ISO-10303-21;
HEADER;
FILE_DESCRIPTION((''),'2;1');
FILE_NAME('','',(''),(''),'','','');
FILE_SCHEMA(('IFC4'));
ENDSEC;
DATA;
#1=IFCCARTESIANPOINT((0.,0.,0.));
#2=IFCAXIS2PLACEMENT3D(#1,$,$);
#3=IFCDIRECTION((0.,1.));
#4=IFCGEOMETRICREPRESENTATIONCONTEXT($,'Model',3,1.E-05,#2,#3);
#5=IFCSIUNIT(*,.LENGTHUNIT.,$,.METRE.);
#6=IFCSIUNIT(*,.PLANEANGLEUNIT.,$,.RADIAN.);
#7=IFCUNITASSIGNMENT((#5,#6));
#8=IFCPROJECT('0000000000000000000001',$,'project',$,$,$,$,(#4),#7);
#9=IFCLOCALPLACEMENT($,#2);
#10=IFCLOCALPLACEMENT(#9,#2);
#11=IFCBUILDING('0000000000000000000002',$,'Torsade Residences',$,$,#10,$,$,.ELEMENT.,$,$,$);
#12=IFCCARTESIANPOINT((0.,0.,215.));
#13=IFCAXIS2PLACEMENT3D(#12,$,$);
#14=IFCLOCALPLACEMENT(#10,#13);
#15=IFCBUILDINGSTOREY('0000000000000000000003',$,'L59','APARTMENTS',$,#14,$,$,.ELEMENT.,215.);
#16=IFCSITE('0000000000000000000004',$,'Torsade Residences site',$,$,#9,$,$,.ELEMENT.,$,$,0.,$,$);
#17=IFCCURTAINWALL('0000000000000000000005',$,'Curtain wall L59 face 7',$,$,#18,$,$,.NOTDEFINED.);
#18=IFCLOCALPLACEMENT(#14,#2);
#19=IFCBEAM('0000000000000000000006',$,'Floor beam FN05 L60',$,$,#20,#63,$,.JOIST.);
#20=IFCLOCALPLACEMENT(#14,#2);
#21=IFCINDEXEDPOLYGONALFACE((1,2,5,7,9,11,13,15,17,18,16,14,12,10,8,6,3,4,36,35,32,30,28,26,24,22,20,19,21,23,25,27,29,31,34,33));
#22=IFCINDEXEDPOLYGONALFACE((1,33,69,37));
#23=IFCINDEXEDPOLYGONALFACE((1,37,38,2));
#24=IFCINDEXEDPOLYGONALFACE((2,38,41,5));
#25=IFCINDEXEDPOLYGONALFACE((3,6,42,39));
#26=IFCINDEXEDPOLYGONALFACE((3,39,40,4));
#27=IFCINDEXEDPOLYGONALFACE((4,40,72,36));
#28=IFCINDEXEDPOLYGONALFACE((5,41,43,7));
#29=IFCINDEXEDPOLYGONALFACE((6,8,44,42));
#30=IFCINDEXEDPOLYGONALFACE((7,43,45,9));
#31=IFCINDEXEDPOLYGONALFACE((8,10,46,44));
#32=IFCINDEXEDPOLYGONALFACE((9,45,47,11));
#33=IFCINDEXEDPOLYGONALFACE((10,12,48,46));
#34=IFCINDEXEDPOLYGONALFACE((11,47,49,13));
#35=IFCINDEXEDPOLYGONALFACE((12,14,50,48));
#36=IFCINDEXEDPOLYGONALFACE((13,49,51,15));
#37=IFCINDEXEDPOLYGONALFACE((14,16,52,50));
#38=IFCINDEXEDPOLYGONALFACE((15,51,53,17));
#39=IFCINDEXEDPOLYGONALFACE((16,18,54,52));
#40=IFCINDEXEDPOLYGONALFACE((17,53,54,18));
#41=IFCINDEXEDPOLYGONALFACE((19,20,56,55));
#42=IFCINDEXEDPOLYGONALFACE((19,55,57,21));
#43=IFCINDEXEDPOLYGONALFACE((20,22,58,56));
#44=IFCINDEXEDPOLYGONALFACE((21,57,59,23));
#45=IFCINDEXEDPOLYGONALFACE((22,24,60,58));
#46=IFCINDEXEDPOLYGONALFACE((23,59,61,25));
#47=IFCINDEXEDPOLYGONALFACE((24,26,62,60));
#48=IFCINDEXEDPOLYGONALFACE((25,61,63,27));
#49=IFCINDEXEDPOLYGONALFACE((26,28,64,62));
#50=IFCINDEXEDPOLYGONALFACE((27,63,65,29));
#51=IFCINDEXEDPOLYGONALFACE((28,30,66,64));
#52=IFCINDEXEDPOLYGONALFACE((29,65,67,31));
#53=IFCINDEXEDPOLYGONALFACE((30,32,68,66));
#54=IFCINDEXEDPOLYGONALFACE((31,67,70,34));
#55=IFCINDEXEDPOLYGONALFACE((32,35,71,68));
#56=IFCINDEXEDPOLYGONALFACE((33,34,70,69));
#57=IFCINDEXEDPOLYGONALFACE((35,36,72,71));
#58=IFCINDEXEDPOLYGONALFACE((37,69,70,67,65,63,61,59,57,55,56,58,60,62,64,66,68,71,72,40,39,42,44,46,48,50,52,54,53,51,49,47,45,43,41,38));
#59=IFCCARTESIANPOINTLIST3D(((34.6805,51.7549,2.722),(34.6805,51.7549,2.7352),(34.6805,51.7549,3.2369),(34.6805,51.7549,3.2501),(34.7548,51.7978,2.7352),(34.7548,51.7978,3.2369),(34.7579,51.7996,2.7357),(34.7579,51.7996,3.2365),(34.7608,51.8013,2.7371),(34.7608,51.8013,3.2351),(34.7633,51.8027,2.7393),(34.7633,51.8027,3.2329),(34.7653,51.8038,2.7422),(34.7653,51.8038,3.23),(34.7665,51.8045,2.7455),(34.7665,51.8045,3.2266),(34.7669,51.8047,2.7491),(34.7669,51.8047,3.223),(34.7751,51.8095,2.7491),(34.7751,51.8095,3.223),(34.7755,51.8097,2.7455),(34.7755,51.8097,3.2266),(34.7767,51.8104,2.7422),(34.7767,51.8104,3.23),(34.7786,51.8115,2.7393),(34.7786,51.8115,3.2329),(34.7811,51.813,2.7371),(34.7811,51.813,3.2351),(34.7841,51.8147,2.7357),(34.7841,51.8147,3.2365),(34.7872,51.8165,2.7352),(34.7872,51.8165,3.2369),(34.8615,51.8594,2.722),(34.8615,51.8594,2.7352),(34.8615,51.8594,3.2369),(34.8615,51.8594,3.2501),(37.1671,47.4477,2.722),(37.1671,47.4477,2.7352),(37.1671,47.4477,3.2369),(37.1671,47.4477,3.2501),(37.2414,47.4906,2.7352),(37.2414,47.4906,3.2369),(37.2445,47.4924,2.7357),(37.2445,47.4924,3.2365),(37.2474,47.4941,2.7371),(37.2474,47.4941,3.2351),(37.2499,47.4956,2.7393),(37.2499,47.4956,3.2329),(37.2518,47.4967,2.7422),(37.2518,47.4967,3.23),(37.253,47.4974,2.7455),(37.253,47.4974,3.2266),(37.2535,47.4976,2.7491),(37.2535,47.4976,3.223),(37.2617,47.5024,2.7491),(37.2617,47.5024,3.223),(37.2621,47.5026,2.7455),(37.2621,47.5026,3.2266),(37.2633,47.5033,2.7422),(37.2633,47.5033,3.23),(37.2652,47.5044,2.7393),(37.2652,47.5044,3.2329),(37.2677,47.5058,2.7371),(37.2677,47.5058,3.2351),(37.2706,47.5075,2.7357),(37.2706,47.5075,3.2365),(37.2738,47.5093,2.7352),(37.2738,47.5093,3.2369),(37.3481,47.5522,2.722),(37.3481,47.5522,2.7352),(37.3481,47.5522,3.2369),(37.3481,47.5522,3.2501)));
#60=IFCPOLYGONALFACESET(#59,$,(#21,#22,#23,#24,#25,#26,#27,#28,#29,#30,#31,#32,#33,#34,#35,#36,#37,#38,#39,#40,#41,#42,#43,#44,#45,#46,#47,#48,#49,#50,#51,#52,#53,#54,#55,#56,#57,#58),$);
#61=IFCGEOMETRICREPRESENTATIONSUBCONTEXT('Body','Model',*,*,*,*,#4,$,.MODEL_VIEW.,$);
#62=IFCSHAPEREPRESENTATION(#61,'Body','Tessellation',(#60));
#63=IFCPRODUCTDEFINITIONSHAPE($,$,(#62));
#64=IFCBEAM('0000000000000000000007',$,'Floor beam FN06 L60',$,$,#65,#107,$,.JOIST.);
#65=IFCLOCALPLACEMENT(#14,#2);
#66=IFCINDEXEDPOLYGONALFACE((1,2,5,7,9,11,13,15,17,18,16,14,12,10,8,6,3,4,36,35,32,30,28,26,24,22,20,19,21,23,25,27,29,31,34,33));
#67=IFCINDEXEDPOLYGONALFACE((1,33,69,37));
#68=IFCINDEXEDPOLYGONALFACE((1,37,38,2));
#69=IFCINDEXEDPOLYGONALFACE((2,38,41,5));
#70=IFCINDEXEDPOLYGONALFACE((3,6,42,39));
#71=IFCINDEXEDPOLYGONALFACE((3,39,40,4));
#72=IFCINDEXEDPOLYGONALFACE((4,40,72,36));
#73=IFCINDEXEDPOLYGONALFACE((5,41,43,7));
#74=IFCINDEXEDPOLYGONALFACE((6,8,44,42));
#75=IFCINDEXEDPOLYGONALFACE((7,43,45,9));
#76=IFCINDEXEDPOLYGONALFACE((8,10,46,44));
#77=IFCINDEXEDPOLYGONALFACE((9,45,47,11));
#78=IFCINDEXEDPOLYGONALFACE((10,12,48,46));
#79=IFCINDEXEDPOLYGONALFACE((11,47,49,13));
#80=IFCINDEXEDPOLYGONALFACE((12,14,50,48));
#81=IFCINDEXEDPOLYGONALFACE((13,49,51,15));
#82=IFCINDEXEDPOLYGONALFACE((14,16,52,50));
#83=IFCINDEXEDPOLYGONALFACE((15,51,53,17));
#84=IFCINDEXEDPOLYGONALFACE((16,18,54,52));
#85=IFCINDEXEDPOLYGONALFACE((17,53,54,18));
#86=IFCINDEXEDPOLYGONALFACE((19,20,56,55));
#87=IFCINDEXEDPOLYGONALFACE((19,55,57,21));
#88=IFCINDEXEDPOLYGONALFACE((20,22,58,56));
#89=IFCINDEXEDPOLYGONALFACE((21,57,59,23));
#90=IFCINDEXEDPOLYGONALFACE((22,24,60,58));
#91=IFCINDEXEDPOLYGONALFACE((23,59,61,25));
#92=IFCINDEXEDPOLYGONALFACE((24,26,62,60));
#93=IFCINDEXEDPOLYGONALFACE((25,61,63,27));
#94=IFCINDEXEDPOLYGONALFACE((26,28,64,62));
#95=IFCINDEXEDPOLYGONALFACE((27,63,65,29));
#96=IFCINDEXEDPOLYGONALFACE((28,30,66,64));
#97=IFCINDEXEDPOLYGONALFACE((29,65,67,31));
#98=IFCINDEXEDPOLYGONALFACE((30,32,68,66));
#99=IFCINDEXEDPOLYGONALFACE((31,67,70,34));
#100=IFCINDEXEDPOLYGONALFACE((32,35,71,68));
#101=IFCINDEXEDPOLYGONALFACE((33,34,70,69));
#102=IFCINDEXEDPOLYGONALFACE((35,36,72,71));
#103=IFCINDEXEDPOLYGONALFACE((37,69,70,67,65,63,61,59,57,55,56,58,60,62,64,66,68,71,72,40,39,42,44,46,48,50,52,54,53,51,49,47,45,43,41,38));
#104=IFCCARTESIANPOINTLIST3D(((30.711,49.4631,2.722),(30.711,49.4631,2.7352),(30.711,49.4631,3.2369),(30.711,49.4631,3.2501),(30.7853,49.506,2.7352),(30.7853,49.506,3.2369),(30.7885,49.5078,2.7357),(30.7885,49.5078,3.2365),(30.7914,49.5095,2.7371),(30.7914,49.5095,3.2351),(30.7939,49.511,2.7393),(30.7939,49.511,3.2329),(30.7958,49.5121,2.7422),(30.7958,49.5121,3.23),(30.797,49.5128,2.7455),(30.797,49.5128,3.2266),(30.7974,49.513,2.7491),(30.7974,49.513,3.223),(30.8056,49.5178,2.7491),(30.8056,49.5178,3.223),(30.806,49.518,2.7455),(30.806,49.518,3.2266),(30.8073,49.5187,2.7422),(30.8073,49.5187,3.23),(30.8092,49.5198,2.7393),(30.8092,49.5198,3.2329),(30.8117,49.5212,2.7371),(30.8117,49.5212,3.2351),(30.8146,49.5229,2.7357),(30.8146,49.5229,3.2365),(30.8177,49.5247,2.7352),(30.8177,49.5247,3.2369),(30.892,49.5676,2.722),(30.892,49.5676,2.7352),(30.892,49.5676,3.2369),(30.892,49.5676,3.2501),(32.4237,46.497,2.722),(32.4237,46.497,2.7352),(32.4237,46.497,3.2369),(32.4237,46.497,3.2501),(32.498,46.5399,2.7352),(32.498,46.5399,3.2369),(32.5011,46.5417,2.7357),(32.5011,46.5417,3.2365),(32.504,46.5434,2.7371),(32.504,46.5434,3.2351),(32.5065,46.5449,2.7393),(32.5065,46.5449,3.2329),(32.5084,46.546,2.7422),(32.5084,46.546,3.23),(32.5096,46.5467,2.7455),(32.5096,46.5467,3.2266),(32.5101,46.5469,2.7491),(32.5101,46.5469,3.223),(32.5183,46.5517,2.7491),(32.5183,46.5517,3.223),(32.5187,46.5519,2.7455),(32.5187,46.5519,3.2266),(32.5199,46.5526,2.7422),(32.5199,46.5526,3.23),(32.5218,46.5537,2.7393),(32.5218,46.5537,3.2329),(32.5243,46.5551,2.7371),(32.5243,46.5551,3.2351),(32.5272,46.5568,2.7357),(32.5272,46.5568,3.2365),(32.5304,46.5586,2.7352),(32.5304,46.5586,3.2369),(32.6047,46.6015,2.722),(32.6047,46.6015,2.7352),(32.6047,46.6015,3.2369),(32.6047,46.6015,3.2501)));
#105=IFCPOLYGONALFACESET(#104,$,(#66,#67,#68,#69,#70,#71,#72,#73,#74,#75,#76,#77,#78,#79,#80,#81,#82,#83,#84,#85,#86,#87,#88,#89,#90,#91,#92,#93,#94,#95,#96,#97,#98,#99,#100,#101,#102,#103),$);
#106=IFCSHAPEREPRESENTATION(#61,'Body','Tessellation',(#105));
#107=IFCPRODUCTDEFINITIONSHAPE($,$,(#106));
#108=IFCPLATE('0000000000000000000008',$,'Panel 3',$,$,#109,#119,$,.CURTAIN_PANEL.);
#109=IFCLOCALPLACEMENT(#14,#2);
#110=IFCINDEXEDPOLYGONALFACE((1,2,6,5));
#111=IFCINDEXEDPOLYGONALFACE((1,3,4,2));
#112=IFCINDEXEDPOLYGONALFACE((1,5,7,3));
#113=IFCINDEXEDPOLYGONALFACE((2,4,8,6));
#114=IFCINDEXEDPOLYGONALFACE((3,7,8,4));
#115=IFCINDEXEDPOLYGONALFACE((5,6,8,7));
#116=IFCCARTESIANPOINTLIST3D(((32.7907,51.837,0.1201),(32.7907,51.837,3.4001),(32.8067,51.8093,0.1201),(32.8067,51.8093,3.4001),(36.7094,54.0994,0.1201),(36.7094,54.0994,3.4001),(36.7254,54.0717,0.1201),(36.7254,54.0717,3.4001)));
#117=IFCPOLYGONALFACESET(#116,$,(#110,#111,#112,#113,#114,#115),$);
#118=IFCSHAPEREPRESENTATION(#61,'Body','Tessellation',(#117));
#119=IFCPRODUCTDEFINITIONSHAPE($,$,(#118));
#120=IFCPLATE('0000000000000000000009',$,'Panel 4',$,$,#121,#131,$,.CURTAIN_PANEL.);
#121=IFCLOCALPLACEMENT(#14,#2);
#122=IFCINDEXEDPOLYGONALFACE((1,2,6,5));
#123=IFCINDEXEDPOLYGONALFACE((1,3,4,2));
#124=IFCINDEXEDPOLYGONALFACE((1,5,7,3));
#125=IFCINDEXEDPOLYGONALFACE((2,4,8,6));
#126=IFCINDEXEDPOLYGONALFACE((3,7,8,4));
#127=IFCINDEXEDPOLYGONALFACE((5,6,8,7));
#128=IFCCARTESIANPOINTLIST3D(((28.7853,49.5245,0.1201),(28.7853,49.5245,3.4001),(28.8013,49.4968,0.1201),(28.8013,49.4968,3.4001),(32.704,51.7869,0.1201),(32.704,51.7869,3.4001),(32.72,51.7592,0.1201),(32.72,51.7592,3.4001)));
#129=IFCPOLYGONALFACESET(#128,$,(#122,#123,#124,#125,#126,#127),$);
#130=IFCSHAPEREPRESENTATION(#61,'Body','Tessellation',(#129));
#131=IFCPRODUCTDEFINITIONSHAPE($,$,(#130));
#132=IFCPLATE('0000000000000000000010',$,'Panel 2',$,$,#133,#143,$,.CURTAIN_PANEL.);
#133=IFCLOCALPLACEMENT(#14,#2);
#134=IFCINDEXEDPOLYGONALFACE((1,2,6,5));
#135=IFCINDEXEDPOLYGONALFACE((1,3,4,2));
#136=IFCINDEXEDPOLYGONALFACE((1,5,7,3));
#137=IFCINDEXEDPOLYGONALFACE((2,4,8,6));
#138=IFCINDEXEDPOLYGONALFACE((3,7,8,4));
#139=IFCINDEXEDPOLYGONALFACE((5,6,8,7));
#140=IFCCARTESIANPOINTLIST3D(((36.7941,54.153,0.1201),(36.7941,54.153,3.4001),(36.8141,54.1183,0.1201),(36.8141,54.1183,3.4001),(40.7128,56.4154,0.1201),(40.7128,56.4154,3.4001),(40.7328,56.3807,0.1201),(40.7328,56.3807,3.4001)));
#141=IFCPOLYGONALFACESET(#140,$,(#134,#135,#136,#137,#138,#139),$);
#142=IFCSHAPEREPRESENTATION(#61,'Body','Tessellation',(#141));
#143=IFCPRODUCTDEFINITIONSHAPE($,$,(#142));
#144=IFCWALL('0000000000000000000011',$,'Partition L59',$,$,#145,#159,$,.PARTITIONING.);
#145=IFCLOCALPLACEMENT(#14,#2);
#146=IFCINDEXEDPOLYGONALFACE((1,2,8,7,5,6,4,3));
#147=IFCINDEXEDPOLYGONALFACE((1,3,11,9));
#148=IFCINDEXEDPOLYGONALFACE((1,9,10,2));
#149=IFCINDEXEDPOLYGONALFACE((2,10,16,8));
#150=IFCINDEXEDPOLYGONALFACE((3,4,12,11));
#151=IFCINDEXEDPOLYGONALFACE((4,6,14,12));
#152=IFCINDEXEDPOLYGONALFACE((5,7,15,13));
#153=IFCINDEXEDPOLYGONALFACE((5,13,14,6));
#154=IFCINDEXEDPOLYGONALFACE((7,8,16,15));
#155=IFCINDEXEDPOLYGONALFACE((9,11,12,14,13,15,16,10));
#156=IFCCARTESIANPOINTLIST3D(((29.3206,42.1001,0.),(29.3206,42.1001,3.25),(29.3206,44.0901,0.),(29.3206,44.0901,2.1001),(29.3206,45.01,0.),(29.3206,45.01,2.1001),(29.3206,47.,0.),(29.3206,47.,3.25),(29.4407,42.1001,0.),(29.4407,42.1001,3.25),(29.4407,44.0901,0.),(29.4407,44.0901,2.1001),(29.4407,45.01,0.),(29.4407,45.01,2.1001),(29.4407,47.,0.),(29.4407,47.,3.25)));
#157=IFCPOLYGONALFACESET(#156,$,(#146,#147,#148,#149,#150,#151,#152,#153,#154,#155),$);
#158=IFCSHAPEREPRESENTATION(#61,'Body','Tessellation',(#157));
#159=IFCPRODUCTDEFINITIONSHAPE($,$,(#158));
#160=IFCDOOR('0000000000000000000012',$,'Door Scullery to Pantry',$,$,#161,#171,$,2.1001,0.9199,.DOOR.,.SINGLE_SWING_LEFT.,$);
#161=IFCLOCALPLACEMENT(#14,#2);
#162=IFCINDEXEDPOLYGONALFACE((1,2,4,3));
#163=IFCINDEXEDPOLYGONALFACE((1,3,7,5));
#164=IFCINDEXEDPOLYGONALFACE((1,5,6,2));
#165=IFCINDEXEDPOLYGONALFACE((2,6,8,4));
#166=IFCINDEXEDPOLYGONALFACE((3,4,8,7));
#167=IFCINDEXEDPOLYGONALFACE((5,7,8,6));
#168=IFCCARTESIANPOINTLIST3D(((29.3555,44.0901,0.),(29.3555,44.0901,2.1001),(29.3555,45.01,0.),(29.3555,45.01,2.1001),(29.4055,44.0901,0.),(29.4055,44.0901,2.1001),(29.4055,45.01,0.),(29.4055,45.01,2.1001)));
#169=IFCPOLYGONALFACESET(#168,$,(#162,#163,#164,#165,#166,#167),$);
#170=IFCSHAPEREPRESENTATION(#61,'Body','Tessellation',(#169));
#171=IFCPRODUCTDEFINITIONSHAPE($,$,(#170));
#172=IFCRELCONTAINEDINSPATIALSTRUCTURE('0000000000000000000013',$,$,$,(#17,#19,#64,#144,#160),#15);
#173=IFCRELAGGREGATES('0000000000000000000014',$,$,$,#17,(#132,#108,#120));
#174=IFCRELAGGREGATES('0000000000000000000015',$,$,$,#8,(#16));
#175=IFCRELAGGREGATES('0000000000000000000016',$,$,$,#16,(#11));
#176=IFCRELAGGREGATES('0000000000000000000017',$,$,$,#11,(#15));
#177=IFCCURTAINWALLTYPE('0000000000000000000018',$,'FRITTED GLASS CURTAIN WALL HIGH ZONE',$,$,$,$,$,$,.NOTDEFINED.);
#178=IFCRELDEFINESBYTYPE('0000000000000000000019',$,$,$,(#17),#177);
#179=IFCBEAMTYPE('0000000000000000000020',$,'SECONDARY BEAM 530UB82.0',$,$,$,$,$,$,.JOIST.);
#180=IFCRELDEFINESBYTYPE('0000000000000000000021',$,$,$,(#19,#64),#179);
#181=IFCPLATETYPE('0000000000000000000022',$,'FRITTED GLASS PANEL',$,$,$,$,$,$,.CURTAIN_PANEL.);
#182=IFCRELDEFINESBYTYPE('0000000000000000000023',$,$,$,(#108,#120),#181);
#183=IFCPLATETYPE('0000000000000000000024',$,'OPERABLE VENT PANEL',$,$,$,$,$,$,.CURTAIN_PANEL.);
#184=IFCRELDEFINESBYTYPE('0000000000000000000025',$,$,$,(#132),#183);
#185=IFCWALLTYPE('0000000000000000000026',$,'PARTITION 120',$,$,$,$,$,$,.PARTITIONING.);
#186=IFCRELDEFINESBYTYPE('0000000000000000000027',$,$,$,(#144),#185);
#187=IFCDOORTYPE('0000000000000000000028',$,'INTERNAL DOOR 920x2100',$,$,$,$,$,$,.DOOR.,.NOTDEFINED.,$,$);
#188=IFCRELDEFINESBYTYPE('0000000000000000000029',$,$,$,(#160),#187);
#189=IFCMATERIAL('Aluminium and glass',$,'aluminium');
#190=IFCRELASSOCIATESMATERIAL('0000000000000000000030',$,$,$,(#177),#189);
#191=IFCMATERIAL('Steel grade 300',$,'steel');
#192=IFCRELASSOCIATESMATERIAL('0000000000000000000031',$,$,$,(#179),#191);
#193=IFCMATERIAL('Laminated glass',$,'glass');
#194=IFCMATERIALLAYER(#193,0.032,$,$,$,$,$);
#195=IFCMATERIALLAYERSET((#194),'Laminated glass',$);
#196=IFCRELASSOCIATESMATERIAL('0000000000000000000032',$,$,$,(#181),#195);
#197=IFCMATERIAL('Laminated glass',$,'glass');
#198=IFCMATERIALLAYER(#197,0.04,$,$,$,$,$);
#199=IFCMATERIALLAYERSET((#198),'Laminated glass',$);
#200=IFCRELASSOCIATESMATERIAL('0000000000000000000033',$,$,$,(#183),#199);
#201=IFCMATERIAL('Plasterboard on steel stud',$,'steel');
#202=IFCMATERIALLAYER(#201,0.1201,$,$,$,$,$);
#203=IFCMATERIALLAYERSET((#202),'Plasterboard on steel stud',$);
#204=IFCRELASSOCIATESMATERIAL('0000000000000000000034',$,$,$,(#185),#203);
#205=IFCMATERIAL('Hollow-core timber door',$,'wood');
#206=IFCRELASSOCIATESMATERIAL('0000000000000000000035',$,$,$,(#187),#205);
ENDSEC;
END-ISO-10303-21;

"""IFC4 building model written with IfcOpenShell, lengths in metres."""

from ifc_helpers import new_model, si_unit, direction, frame, frame_2d, origin, origin_2d, place, context, subcontext, project, spatial, rectangle, i_section, extrude, material, layer, layer_set, material_profile, profile_set, type_object, element, fill, aggregate, save


model = new_model("IFC4")

# Units and contexts
model_context = context("Model", 3, precision=1e-05, world=origin(), true_north=direction((0.0, 1.0)))
body_context = subcontext(model_context, "Body", "Model", "MODEL_VIEW")
ifc_project = project(units=[si_unit("LENGTHUNIT", "METRE"), si_unit("PLANEANGLEUNIT", "RADIAN")], contexts=[model_context])

# Site, building, storey
site_placement = place(None, origin())
site = spatial("IfcSite", under=ifc_project, at=site_placement, Name="Torsade Residences site", CompositionType="ELEMENT", RefElevation=0.0)
building_placement = place(site_placement, origin())
building = spatial("IfcBuilding", under=site, at=building_placement, Name="Torsade Residences", CompositionType="ELEMENT")
storey_placement = place(building_placement, frame((0.0, 0.0, 215.0)))
storey = spatial("IfcBuildingStorey", under=building, at=storey_placement, Name="L59", Description="APARTMENTS", CompositionType="ELEMENT", Elevation=215.0)

# Curtain wall
ifc_material_1 = material(Name="Aluminium and glass", Category="aluminium")
curtain_wall_type = type_object("IfcCurtainWallType", Name="FRITTED GLASS CURTAIN WALL HIGH ZONE", PredefinedType="NOTDEFINED", material=ifc_material_1)
curtain_wall_placement = place(storey_placement, origin())
curtain_wall = element("IfcCurtainWall", 1, at=curtain_wall_placement, inside=storey, type_object=curtain_wall_type, Name="Curtain wall L59 face 7", PredefinedType="NOTDEFINED")

# Beams
ifc_material_2 = material(Name="Steel grade 300", Category="steel")
ifc_material_profile_1 = material_profile(ifc_material_2, i_section(OverallWidth=0.209, OverallDepth=0.5281, WebThickness=0.0095, FlangeThickness=0.0132, FilletRadius=0.0139, at=origin_2d()), Name="530UB82.0")
ifc_profile_set_1 = profile_set([ifc_material_profile_1], Name="Steel grade 300")
beam_type_1 = type_object("IfcBeamType", Name="SECONDARY BEAM 530UB82.0", PredefinedType="JOIST", material=ifc_profile_set_1)
beam_1_placement = place(storey_placement, frame((34.771, 51.8071, 2.9861), z_axis=(0.499977, -0.866038, 0.0), x_axis=(0.866038, 0.499977, 0.0)))
element("IfcBeam", 2, at=beam_1_placement, inside=storey, type_object=beam_type_1, Name="Floor beam FN05 L60", PredefinedType="JOIST", context=body_context, shape_type="SweptSolid", body=[
    extrude(i_section(OverallWidth=0.209, OverallDepth=0.5281, WebThickness=0.0095, FlangeThickness=0.0132, FilletRadius=0.0139, at=origin_2d()), origin(), (0.0, 0.0, 1.0), 4.9734),
])
beam_2_placement = place(storey_placement, frame((30.8015, 49.5154, 2.9861), z_axis=(0.500041, -0.866002, 0.0), x_axis=(0.866002, 0.500041, 0.0)))
element("IfcBeam", 3, at=beam_2_placement, inside=storey, type_object=beam_type_1, Name="Floor beam FN06 L60", PredefinedType="JOIST", context=body_context, shape_type="SweptSolid", body=[
    extrude(i_section(OverallWidth=0.209, OverallDepth=0.5281, WebThickness=0.0095, FlangeThickness=0.0132, FilletRadius=0.0139, at=origin_2d()), origin(), (0.0, 0.0, 1.0), 3.425),
])

# Plates
ifc_material_3 = material(Name="Laminated glass", Category="glass")
ifc_layer_1 = layer(ifc_material_3, 0.032)
ifc_layer_set_1 = layer_set([ifc_layer_1], Name="Laminated glass")
plate_type_1 = type_object("IfcPlateType", Name="FRITTED GLASS PANEL", PredefinedType="CURTAIN_PANEL", material=ifc_layer_set_1)
plate_1_placement = place(storey_placement, frame((34.7581, 52.9543, 0.1201), z_axis=(0.0, 0.0, 1.0), x_axis=(-0.866025, -0.5, 0.0)))
plate_1 = element("IfcPlate", 4, at=plate_1_placement, type_object=plate_type_1, Name="Panel 3", PredefinedType="CURTAIN_PANEL", context=body_context, shape_type="SweptSolid", body=[
    extrude(rectangle(XDim=4.5249, YDim=0.032, at=origin_2d()), origin(), (0.0, 0.0, 1.0), 3.28),
])
plate_2_placement = place(storey_placement, frame((30.7527, 50.6418, 0.1201), z_axis=(0.0, 0.0, 1.0), x_axis=(-0.866025, -0.5, 0.0)))
plate_2 = element("IfcPlate", 5, at=plate_2_placement, type_object=plate_type_1, Name="Panel 4", PredefinedType="CURTAIN_PANEL", context=body_context, shape_type="SweptSolid", body=[
    extrude(rectangle(XDim=4.5249, YDim=0.032, at=origin_2d()), origin(), (0.0, 0.0, 1.0), 3.28),
])
ifc_material_4 = material(Name="Laminated glass", Category="glass")
ifc_layer_2 = layer(ifc_material_4, 0.04)
ifc_layer_set_2 = layer_set([ifc_layer_2], Name="Laminated glass")
plate_type_2 = type_object("IfcPlateType", Name="OPERABLE VENT PANEL", PredefinedType="CURTAIN_PANEL", material=ifc_layer_set_2)
plate_3_placement = place(storey_placement, frame((38.7634, 55.2668, 0.1201), z_axis=(0.0, 0.0, 1.0), x_axis=(-0.866025, -0.5, 0.0)))
plate_3 = element("IfcPlate", 6, at=plate_3_placement, type_object=plate_type_2, Name="Panel 2", PredefinedType="CURTAIN_PANEL", context=body_context, shape_type="SweptSolid", body=[
    extrude(rectangle(XDim=4.5249, YDim=0.04, at=origin_2d()), origin(), (0.0, 0.0, 1.0), 3.28),
])
aggregate(curtain_wall, [plate_3, plate_1, plate_2])

# Wall, opening, door
ifc_material_5 = material(Name="Plasterboard on steel stud", Category="steel")
ifc_layer_3 = layer(ifc_material_5, 0.1201)
ifc_layer_set_3 = layer_set([ifc_layer_3], Name="Plasterboard on steel stud")
wall_type_1 = type_object("IfcWallType", Name="PARTITION 120", PredefinedType="PARTITIONING", material=ifc_layer_set_3)
wall_1_placement = place(storey_placement, frame((29.3806, 47.0, 0.0), z_axis=(0.0, 0.0, 1.0), x_axis=(0.0, -1.0, 0.0)))
wall_1 = element("IfcWall", 7, at=wall_1_placement, inside=storey, type_object=wall_type_1, Name="Partition L59", PredefinedType="PARTITIONING", context=body_context, shape_type="SweptSolid", body=[
    extrude(rectangle(XDim=4.8999, YDim=0.1201, at=frame_2d((2.45, 0.0))), origin(), (0.0, 0.0, 1.0), 3.25),
])
opening_1_placement = place(wall_1_placement, frame((1.99, 0.0, 0.0)))
opening_1 = element("IfcOpeningElement", 8, at=opening_1_placement, cuts=wall_1, PredefinedType="OPENING", context=body_context, shape_type="SweptSolid", body=[
    extrude(rectangle(XDim=0.9199, YDim=2.1001, at=frame_2d((0.46, 1.05))), frame((0.0, 0.0701, 0.0), z_axis=(0.0, -1.0, 0.0), x_axis=(1.0, 0.0, 0.0)), (0.0, 0.0, 1.0), 0.1401),
])
ifc_material_6 = material(Name="Hollow-core timber door", Category="wood")
door_type_1 = type_object("IfcDoorType", Name="INTERNAL DOOR 920x2100", OperationType="NOTDEFINED", PredefinedType="DOOR", material=ifc_material_6)
door_1_placement = place(opening_1_placement, origin())
door_1 = element("IfcDoor", 9, at=door_1_placement, inside=storey, type_object=door_type_1, Name="Door Scullery to Pantry", OperationType="SINGLE_SWING_LEFT", OverallHeight=2.1001, OverallWidth=0.9199, PredefinedType="DOOR", context=body_context, shape_type="SweptSolid", body=[
    extrude(rectangle(XDim=0.9199, YDim=2.1001, at=frame_2d((0.46, 1.05))), frame((0.0, 0.0249, 0.0), z_axis=(0.0, -1.0, 0.0), x_axis=(1.0, 0.0, 0.0)), (0.0, 0.0, 1.0), 0.05),
])
fill(opening_1, door_1)

save(model, "model.ifc")
